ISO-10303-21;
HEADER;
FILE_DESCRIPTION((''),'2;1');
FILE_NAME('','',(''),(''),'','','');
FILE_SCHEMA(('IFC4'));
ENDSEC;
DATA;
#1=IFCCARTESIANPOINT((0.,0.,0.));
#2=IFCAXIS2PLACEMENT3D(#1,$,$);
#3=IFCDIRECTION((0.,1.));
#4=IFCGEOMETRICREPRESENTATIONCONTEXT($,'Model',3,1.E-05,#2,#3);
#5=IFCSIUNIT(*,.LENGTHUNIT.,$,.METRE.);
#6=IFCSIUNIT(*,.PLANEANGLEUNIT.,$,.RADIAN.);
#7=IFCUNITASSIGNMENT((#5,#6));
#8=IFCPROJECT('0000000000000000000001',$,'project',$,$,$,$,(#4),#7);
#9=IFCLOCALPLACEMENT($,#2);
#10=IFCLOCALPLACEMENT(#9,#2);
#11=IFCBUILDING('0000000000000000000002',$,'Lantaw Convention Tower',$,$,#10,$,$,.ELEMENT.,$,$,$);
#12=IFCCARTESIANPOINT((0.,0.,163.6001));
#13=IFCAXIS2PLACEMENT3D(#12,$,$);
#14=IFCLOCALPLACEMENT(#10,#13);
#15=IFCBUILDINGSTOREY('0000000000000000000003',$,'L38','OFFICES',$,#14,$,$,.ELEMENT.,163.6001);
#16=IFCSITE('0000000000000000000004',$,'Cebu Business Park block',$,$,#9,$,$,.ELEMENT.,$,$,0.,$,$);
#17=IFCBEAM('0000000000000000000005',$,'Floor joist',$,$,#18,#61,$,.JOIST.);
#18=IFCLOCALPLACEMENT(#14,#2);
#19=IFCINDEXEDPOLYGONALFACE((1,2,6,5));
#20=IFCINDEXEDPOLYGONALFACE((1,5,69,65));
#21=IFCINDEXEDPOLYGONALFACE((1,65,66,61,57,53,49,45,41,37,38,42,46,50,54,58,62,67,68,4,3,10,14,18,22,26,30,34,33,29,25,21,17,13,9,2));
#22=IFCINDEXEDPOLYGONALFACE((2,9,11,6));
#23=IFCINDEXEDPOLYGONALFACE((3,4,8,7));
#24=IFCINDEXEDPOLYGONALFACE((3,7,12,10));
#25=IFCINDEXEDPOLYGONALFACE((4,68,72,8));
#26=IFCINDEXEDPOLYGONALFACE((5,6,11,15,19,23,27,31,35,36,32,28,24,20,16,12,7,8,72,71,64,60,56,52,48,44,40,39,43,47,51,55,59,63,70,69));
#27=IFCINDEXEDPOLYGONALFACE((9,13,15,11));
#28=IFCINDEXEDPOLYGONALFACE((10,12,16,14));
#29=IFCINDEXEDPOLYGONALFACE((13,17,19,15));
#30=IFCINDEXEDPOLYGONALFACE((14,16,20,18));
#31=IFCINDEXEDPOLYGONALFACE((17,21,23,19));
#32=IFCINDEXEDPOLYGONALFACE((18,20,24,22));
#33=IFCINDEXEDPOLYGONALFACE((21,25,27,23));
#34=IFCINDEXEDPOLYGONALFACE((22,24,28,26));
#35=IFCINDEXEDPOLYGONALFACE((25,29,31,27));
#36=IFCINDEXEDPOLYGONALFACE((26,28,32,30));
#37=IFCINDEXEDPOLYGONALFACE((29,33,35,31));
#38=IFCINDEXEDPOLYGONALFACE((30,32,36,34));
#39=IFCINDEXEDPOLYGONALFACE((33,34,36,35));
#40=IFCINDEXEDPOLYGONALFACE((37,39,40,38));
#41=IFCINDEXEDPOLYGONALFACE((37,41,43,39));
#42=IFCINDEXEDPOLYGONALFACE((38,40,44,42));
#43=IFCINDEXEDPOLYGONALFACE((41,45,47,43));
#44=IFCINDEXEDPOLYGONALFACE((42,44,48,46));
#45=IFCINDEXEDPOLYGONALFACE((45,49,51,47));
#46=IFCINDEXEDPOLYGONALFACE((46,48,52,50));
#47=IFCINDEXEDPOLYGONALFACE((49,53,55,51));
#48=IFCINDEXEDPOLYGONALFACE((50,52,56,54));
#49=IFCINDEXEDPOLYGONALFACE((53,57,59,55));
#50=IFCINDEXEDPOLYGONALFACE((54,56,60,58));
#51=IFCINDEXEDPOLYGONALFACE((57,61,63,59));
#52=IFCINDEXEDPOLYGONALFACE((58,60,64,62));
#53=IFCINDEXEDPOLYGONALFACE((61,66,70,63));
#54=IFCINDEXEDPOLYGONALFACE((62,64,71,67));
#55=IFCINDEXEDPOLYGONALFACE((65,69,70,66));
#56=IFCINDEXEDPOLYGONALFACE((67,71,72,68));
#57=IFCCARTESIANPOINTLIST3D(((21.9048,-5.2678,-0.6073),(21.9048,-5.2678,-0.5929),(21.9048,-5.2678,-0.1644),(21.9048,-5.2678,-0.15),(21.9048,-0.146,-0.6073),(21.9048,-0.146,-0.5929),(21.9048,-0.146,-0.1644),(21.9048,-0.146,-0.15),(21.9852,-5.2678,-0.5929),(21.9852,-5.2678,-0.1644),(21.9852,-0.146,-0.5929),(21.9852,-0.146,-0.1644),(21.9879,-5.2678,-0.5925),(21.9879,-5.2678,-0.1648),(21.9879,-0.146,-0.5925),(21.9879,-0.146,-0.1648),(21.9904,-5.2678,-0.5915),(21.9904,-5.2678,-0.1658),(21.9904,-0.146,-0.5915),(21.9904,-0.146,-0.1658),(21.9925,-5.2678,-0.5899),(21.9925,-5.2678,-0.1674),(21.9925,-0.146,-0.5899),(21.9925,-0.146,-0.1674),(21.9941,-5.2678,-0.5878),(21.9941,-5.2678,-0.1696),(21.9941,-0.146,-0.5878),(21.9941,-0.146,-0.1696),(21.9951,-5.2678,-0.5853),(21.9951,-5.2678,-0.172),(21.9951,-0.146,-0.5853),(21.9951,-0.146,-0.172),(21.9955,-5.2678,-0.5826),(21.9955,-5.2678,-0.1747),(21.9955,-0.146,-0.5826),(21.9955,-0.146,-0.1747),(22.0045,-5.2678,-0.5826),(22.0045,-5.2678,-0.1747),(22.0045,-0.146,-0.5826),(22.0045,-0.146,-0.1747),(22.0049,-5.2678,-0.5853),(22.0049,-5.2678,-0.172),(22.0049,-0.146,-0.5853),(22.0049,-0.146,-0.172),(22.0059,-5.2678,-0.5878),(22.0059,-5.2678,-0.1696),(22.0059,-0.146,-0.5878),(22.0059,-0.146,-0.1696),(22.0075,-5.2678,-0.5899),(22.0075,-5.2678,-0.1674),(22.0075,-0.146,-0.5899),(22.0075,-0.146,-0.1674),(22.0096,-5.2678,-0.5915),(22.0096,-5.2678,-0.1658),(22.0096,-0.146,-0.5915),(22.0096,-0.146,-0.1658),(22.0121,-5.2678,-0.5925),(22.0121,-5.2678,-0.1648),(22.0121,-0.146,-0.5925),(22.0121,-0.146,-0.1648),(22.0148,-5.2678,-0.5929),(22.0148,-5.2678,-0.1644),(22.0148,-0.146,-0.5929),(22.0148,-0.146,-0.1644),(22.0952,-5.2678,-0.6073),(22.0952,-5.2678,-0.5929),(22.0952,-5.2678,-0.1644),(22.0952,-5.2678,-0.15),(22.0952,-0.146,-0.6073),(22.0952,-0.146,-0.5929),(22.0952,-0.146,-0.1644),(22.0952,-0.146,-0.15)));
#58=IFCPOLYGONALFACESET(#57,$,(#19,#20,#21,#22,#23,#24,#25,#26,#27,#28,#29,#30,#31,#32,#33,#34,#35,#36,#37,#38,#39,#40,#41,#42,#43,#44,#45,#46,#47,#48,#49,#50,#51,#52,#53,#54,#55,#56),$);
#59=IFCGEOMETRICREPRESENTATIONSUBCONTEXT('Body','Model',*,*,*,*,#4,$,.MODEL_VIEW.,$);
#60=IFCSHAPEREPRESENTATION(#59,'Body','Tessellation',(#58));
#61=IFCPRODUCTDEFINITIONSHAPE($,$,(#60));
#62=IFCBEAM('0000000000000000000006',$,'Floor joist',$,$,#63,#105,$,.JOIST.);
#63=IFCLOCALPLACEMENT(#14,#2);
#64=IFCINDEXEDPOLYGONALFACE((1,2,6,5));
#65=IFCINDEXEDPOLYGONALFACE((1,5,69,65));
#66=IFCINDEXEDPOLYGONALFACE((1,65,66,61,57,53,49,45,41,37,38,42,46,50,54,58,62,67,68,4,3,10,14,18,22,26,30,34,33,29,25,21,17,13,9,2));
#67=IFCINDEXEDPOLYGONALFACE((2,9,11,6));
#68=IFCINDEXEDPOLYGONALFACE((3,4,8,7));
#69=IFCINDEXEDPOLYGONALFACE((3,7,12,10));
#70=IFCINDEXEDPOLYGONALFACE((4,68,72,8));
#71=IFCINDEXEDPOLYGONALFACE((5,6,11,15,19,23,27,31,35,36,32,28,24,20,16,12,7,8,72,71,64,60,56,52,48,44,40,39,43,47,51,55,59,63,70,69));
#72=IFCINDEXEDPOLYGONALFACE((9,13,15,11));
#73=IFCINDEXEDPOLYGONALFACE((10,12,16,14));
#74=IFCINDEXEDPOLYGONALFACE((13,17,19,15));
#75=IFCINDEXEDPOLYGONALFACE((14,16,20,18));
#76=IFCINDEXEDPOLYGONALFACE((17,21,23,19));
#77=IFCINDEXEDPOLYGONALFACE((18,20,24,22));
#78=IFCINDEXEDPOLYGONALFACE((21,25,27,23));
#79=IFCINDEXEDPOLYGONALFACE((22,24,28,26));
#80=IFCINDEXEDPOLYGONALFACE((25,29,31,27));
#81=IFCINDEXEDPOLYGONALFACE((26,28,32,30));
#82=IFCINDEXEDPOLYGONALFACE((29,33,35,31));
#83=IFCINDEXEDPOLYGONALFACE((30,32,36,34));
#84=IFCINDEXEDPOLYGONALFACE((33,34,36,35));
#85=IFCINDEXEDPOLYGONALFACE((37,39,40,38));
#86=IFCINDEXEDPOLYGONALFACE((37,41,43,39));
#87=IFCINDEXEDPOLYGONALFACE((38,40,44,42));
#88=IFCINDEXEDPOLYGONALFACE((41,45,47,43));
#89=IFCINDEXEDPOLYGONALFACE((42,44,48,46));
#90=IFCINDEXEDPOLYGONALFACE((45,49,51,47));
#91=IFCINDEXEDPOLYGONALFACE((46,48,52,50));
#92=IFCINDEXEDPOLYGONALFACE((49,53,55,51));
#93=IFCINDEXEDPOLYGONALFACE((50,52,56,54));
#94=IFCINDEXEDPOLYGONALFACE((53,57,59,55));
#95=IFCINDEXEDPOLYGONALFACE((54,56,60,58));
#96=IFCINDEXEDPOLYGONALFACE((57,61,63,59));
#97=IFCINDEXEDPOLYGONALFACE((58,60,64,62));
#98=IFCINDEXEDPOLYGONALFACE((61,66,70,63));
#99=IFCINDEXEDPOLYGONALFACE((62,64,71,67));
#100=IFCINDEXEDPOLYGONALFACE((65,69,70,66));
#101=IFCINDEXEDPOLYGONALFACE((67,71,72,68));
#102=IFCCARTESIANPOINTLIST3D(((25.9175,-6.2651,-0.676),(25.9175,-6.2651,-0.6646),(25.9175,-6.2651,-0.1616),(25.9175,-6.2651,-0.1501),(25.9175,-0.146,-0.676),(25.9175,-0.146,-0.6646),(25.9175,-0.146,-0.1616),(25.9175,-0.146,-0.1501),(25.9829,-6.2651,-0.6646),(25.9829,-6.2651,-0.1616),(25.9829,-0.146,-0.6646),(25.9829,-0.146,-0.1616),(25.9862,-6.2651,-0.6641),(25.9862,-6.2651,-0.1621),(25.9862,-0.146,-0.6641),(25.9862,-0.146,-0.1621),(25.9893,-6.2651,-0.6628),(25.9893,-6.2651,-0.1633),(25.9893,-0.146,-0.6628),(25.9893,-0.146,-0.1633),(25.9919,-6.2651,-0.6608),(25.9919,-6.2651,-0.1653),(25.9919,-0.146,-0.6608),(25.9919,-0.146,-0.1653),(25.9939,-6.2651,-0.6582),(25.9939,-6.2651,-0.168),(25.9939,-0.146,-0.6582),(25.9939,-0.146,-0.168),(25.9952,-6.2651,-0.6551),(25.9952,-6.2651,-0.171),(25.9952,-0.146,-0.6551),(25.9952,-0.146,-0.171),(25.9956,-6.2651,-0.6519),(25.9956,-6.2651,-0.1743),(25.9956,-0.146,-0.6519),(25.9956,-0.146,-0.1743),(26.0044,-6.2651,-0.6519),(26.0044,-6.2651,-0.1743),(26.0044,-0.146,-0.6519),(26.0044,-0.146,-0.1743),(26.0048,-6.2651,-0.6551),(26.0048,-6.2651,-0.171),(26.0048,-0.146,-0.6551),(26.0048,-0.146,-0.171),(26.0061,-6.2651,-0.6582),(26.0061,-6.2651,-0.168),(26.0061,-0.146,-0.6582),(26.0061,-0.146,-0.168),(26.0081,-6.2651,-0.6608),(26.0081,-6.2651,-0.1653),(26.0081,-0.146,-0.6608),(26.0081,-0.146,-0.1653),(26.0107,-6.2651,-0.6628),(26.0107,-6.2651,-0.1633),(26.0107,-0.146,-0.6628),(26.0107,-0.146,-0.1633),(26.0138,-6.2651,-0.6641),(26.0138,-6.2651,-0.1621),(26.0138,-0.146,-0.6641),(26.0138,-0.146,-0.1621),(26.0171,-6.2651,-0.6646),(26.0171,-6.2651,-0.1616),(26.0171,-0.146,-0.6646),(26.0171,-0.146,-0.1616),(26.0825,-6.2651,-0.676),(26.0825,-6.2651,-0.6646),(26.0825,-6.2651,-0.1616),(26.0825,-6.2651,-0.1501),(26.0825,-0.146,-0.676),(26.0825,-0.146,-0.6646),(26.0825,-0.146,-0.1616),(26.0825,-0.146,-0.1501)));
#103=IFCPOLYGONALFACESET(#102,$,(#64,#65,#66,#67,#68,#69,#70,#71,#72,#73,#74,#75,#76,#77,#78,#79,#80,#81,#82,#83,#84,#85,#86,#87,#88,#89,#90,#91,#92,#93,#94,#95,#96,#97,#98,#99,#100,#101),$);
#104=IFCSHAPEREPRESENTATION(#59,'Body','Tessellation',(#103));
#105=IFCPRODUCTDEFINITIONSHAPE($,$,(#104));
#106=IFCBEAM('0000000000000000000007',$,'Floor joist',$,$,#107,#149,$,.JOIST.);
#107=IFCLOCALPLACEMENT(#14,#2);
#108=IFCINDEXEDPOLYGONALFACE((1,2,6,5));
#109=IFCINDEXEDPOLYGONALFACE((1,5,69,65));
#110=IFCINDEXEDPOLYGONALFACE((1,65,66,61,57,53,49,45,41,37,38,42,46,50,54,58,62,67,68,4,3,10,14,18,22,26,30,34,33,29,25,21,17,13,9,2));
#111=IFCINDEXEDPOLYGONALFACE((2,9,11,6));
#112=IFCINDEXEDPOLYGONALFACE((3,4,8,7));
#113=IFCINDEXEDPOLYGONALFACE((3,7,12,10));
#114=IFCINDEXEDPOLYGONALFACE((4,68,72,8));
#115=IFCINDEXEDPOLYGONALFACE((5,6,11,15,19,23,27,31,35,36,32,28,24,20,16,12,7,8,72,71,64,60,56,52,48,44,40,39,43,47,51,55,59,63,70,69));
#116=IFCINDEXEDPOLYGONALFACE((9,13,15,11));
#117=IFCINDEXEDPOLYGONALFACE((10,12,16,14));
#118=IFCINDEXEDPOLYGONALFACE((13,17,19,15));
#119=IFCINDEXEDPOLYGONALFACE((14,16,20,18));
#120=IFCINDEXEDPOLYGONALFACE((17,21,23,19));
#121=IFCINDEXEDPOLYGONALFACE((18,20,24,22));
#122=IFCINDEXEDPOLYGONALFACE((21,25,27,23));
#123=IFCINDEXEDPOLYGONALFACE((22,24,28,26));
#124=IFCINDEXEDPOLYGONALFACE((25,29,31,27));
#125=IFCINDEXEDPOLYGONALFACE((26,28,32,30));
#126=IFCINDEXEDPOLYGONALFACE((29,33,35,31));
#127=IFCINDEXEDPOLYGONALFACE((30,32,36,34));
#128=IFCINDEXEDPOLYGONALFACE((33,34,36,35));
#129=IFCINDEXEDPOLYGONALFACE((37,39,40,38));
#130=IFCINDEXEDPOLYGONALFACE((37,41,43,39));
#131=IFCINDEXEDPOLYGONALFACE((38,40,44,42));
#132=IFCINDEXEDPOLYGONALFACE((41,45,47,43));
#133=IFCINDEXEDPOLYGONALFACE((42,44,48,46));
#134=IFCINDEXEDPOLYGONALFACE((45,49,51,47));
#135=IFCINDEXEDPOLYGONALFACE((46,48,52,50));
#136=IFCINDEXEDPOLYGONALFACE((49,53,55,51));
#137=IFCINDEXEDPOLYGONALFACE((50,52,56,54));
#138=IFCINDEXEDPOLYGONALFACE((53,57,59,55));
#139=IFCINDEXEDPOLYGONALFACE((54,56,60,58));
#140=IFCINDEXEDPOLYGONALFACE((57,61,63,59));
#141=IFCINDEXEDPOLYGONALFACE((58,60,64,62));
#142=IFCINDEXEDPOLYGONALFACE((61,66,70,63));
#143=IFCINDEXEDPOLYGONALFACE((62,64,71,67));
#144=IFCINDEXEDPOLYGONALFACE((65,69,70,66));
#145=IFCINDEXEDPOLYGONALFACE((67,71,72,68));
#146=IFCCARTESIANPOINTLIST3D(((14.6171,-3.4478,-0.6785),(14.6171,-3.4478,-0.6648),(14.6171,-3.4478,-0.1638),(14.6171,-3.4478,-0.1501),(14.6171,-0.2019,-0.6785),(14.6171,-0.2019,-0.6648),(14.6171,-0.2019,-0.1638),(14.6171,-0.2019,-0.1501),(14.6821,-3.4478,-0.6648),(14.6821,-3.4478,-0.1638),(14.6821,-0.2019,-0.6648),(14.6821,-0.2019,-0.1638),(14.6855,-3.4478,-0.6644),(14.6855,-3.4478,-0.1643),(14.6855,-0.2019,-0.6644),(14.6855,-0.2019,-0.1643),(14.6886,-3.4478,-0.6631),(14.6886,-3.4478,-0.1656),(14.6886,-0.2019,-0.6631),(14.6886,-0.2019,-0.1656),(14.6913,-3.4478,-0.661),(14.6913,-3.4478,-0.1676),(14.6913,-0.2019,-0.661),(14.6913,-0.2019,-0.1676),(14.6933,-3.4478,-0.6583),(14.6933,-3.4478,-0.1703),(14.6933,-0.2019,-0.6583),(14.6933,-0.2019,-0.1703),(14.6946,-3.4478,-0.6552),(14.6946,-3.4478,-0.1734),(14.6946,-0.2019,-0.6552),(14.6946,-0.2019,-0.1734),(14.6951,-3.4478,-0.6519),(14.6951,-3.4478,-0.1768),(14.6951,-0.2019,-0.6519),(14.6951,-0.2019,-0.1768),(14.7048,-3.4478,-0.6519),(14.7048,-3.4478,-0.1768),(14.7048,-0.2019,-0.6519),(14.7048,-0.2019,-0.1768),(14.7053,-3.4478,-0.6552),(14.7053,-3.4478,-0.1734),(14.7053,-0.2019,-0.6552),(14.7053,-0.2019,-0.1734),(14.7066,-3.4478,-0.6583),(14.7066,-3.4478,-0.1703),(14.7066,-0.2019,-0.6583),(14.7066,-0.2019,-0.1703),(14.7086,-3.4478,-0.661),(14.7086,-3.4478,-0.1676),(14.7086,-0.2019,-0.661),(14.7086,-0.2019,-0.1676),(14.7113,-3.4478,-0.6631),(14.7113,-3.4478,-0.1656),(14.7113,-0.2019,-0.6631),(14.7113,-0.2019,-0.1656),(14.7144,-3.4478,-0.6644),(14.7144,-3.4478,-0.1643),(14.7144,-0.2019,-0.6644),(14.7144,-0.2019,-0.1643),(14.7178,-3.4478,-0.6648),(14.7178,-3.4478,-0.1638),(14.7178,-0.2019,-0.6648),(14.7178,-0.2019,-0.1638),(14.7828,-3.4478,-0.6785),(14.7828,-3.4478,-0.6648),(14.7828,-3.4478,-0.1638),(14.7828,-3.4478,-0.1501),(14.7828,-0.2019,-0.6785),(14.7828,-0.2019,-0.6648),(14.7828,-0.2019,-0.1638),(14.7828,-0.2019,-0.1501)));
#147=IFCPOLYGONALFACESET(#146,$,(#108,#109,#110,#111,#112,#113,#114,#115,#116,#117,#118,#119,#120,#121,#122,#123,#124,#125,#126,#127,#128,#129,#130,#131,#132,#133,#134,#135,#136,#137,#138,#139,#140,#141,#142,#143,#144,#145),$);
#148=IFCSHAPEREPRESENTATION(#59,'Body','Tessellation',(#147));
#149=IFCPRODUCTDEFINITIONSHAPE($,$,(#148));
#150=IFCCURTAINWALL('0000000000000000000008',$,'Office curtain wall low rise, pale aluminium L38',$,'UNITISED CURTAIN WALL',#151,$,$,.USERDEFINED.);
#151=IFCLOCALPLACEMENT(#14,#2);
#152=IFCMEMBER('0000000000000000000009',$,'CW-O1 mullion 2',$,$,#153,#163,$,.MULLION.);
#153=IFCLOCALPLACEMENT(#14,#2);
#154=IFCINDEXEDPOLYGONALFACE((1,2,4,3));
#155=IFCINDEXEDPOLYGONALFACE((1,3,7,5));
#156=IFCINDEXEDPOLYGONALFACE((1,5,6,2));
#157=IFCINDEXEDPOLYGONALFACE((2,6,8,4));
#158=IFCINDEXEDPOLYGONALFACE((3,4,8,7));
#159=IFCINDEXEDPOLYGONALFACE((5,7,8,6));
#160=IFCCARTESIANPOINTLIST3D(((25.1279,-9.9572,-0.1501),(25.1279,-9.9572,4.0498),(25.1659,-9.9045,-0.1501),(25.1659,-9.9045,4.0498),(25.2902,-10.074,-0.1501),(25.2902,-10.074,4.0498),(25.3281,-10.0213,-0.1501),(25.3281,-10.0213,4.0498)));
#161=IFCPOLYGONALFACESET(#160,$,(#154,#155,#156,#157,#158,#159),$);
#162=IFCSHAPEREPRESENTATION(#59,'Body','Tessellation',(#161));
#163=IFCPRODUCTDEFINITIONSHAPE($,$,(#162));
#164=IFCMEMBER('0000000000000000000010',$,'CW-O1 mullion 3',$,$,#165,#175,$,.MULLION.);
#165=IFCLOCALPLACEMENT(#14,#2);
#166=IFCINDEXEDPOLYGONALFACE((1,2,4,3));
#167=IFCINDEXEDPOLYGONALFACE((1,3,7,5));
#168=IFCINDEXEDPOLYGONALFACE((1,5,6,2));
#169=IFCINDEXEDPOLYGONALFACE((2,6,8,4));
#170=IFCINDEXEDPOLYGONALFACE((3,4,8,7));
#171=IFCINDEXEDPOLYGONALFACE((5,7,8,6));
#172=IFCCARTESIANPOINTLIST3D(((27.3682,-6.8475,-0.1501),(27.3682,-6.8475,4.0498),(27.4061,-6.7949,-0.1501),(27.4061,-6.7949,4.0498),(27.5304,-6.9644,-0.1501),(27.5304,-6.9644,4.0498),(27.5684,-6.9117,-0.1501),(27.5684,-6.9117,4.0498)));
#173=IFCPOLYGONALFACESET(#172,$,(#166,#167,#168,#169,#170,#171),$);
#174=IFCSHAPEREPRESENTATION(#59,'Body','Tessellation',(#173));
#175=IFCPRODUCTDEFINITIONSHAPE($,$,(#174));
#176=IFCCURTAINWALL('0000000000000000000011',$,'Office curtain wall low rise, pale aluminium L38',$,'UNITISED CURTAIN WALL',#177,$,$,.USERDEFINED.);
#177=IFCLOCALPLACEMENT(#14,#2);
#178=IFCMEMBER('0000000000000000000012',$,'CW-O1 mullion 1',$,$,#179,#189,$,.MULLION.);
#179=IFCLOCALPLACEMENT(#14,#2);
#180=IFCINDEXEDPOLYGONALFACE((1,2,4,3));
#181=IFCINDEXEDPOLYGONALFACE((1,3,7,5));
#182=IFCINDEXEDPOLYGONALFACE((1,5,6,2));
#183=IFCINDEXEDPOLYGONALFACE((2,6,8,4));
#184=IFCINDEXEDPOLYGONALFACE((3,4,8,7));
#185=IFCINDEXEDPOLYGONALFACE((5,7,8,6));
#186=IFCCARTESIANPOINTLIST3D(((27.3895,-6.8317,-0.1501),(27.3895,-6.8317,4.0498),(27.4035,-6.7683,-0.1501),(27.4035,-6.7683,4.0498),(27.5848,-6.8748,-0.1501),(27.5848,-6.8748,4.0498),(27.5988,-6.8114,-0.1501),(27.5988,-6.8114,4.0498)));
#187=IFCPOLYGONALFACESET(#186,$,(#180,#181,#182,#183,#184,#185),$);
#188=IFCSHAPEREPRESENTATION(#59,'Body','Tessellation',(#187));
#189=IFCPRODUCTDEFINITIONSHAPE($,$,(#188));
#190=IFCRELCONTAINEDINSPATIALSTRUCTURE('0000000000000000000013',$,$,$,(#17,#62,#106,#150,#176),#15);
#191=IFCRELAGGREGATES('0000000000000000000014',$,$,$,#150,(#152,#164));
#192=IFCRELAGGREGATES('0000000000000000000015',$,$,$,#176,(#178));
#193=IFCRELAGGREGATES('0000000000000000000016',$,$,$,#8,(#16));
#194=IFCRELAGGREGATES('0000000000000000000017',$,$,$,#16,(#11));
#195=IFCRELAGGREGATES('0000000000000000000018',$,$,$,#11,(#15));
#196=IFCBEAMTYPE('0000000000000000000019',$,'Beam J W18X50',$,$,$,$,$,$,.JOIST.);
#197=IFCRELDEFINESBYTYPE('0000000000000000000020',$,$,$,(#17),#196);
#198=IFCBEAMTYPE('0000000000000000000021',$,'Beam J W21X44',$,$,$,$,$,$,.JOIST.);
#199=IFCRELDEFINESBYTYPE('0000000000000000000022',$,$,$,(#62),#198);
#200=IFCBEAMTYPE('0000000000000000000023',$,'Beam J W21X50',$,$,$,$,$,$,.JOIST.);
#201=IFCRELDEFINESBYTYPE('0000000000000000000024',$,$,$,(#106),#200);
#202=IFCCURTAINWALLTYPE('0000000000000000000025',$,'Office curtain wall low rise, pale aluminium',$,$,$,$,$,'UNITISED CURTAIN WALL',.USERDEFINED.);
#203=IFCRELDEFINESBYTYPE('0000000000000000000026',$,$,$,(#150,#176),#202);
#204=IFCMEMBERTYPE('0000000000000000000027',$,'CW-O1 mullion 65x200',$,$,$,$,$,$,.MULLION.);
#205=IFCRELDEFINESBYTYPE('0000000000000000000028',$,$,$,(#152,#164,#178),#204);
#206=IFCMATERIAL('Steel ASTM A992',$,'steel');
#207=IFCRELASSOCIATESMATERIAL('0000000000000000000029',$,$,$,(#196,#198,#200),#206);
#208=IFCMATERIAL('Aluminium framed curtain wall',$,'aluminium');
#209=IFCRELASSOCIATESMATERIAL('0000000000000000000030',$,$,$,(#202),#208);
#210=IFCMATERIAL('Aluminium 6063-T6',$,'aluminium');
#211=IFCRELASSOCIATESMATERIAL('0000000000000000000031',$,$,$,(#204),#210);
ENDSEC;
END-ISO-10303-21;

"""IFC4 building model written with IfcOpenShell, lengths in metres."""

from ifc_helpers import new_model, si_unit, direction, frame, origin, origin_2d, place, context, subcontext, project, spatial, rectangle, i_section, extrude, material, material_profile, profile_set, type_object, element, aggregate, save


model = new_model("IFC4")

# Units and contexts
model_context = context("Model", 3, precision=1e-05, world=origin(), true_north=direction((0.0, 1.0)))
body_context = subcontext(model_context, "Body", "Model", "MODEL_VIEW")
ifc_project = project(units=[si_unit("LENGTHUNIT", "METRE"), si_unit("PLANEANGLEUNIT", "RADIAN")], contexts=[model_context])

# Site, building, storey
site_placement = place(None, origin())
site = spatial("IfcSite", under=ifc_project, at=site_placement, Name="Cebu Business Park block", CompositionType="ELEMENT", RefElevation=0.0)
building_placement = place(site_placement, origin())
building = spatial("IfcBuilding", under=site, at=building_placement, Name="Lantaw Convention Tower", CompositionType="ELEMENT")
storey_placement = place(building_placement, frame((0.0, 0.0, 163.6001)))
storey = spatial("IfcBuildingStorey", under=building, at=storey_placement, Name="L38", Description="OFFICES", CompositionType="ELEMENT", Elevation=163.6001)

# Beams
ifc_material_1 = material(Name="Steel ASTM A992", Category="steel")
ifc_material_profile_1 = material_profile(ifc_material_1, i_section(OverallWidth=0.1904, OverallDepth=0.4573, WebThickness=0.009, FlangeThickness=0.0144, FilletRadius=0.0103, at=origin_2d()), Name="W18X50")
ifc_profile_set_1 = profile_set([ifc_material_profile_1], Name="Steel ASTM A992")
beam_type_1 = type_object("IfcBeamType", Name="Beam J W18X50", PredefinedType="JOIST", material=ifc_profile_set_1)
beam_1_placement = place(storey_placement, frame((22.0, -5.2678, -0.3787), z_axis=(0.0, 1.0, 0.0), x_axis=(-1.0, 0.0, 0.0)))
element("IfcBeam", 1, at=beam_1_placement, inside=storey, type_object=beam_type_1, Name="Floor joist", PredefinedType="JOIST", context=body_context, shape_type="SweptSolid", body=[
    extrude(i_section(OverallWidth=0.1904, OverallDepth=0.4573, WebThickness=0.009, FlangeThickness=0.0144, FilletRadius=0.0103, at=origin_2d()), origin(), (0.0, 0.0, 1.0), 5.1218),
])
ifc_material_profile_2 = material_profile(ifc_material_1, i_section(OverallWidth=0.165, OverallDepth=0.5259, WebThickness=0.0088, FlangeThickness=0.0115, FilletRadius=0.0127, at=origin_2d()), Name="W21X44")
ifc_profile_set_2 = profile_set([ifc_material_profile_2], Name="Steel ASTM A992")
beam_type_2 = type_object("IfcBeamType", Name="Beam J W21X44", PredefinedType="JOIST", material=ifc_profile_set_2)
beam_2_placement = place(storey_placement, frame((26.0, -6.2651, -0.4131), z_axis=(0.0, 1.0, 0.0), x_axis=(-1.0, 0.0, 0.0)))
element("IfcBeam", 2, at=beam_2_placement, inside=storey, type_object=beam_type_2, Name="Floor joist", PredefinedType="JOIST", context=body_context, shape_type="SweptSolid", body=[
    extrude(i_section(OverallWidth=0.165, OverallDepth=0.5259, WebThickness=0.0088, FlangeThickness=0.0115, FilletRadius=0.0127, at=origin_2d()), origin(), (0.0, 0.0, 1.0), 6.1191),
])
ifc_material_profile_3 = material_profile(ifc_material_1, i_section(OverallWidth=0.1658, OverallDepth=0.5283, WebThickness=0.0098, FlangeThickness=0.0137, FilletRadius=0.0129, at=origin_2d()), Name="W21X50")
ifc_profile_set_3 = profile_set([ifc_material_profile_3], Name="Steel ASTM A992")
beam_type_3 = type_object("IfcBeamType", Name="Beam J W21X50", PredefinedType="JOIST", material=ifc_profile_set_3)
beam_3_placement = place(storey_placement, frame((14.7, -3.4478, -0.4143), z_axis=(0.0, 1.0, 0.0), x_axis=(-1.0, 0.0, 0.0)))
element("IfcBeam", 3, at=beam_3_placement, inside=storey, type_object=beam_type_3, Name="Floor joist", PredefinedType="JOIST", context=body_context, shape_type="SweptSolid", body=[
    extrude(i_section(OverallWidth=0.1658, OverallDepth=0.5283, WebThickness=0.0098, FlangeThickness=0.0137, FilletRadius=0.0129, at=origin_2d()), origin(), (0.0, 0.0, 1.0), 3.2458),
])

# Curtain walls, members
ifc_material_2 = material(Name="Aluminium framed curtain wall", Category="aluminium")
curtain_wall_type = type_object("IfcCurtainWallType", Name="Office curtain wall low rise, pale aluminium", ElementType="UNITISED CURTAIN WALL", PredefinedType="USERDEFINED", material=ifc_material_2)
curtain_wall_1_placement = place(storey_placement, origin())
curtain_wall_1 = element("IfcCurtainWall", 4, at=curtain_wall_1_placement, inside=storey, type_object=curtain_wall_type, Name="Office curtain wall low rise, pale aluminium L38", ObjectType="UNITISED CURTAIN WALL", PredefinedType="USERDEFINED")
ifc_material_3 = material(Name="Aluminium 6063-T6", Category="aluminium")
ifc_material_profile_4 = material_profile(ifc_material_3, rectangle(XDim=0.2, YDim=0.0649, at=origin_2d()), Name="CW-O1 mullion 65x200")
ifc_profile_set_4 = profile_set([ifc_material_profile_4], Name="Aluminium 6063-T6")
member_type_1 = type_object("IfcMemberType", Name="CW-O1 mullion 65x200", PredefinedType="MULLION", material=ifc_profile_set_4)
member_1_placement = place(storey_placement, frame((25.228, -9.9893, -0.1501), z_axis=(0.0, 0.0, 1.0), x_axis=(-0.811385, 0.584513, 0.0)))
member_1 = element("IfcMember", 5, at=member_1_placement, type_object=member_type_1, Name="CW-O1 mullion 2", PredefinedType="MULLION", context=body_context, shape_type="SweptSolid", body=[
    extrude(rectangle(XDim=0.2, YDim=0.0649, at=origin_2d()), origin(), (0.0, 0.0, 1.0), 4.2),
])
member_2_placement = place(storey_placement, frame((27.4683, -6.8796, -0.1501), z_axis=(0.0, 0.0, 1.0), x_axis=(-0.811385, 0.584513, 0.0)))
member_2 = element("IfcMember", 6, at=member_2_placement, type_object=member_type_1, Name="CW-O1 mullion 3", PredefinedType="MULLION", context=body_context, shape_type="SweptSolid", body=[
    extrude(rectangle(XDim=0.2, YDim=0.0649, at=origin_2d()), origin(), (0.0, 0.0, 1.0), 4.2),
])
curtain_wall_2_placement = place(storey_placement, origin())
curtain_wall_2 = element("IfcCurtainWall", 7, at=curtain_wall_2_placement, inside=storey, type_object=curtain_wall_type, Name="Office curtain wall low rise, pale aluminium L38", ObjectType="UNITISED CURTAIN WALL", PredefinedType="USERDEFINED")
member_3_placement = place(storey_placement, frame((27.4941, -6.8215, -0.1501), z_axis=(0.0, 0.0, 1.0), x_axis=(-0.976494, 0.215546, 0.0)))
member_3 = element("IfcMember", 8, at=member_3_placement, type_object=member_type_1, Name="CW-O1 mullion 1", PredefinedType="MULLION", context=body_context, shape_type="SweptSolid", body=[
    extrude(rectangle(XDim=0.2, YDim=0.0649, at=origin_2d()), origin(), (0.0, 0.0, 1.0), 4.2),
])

aggregate(curtain_wall_1, [member_1, member_2])
aggregate(curtain_wall_2, [member_3])

save(model, "model.ifc")
